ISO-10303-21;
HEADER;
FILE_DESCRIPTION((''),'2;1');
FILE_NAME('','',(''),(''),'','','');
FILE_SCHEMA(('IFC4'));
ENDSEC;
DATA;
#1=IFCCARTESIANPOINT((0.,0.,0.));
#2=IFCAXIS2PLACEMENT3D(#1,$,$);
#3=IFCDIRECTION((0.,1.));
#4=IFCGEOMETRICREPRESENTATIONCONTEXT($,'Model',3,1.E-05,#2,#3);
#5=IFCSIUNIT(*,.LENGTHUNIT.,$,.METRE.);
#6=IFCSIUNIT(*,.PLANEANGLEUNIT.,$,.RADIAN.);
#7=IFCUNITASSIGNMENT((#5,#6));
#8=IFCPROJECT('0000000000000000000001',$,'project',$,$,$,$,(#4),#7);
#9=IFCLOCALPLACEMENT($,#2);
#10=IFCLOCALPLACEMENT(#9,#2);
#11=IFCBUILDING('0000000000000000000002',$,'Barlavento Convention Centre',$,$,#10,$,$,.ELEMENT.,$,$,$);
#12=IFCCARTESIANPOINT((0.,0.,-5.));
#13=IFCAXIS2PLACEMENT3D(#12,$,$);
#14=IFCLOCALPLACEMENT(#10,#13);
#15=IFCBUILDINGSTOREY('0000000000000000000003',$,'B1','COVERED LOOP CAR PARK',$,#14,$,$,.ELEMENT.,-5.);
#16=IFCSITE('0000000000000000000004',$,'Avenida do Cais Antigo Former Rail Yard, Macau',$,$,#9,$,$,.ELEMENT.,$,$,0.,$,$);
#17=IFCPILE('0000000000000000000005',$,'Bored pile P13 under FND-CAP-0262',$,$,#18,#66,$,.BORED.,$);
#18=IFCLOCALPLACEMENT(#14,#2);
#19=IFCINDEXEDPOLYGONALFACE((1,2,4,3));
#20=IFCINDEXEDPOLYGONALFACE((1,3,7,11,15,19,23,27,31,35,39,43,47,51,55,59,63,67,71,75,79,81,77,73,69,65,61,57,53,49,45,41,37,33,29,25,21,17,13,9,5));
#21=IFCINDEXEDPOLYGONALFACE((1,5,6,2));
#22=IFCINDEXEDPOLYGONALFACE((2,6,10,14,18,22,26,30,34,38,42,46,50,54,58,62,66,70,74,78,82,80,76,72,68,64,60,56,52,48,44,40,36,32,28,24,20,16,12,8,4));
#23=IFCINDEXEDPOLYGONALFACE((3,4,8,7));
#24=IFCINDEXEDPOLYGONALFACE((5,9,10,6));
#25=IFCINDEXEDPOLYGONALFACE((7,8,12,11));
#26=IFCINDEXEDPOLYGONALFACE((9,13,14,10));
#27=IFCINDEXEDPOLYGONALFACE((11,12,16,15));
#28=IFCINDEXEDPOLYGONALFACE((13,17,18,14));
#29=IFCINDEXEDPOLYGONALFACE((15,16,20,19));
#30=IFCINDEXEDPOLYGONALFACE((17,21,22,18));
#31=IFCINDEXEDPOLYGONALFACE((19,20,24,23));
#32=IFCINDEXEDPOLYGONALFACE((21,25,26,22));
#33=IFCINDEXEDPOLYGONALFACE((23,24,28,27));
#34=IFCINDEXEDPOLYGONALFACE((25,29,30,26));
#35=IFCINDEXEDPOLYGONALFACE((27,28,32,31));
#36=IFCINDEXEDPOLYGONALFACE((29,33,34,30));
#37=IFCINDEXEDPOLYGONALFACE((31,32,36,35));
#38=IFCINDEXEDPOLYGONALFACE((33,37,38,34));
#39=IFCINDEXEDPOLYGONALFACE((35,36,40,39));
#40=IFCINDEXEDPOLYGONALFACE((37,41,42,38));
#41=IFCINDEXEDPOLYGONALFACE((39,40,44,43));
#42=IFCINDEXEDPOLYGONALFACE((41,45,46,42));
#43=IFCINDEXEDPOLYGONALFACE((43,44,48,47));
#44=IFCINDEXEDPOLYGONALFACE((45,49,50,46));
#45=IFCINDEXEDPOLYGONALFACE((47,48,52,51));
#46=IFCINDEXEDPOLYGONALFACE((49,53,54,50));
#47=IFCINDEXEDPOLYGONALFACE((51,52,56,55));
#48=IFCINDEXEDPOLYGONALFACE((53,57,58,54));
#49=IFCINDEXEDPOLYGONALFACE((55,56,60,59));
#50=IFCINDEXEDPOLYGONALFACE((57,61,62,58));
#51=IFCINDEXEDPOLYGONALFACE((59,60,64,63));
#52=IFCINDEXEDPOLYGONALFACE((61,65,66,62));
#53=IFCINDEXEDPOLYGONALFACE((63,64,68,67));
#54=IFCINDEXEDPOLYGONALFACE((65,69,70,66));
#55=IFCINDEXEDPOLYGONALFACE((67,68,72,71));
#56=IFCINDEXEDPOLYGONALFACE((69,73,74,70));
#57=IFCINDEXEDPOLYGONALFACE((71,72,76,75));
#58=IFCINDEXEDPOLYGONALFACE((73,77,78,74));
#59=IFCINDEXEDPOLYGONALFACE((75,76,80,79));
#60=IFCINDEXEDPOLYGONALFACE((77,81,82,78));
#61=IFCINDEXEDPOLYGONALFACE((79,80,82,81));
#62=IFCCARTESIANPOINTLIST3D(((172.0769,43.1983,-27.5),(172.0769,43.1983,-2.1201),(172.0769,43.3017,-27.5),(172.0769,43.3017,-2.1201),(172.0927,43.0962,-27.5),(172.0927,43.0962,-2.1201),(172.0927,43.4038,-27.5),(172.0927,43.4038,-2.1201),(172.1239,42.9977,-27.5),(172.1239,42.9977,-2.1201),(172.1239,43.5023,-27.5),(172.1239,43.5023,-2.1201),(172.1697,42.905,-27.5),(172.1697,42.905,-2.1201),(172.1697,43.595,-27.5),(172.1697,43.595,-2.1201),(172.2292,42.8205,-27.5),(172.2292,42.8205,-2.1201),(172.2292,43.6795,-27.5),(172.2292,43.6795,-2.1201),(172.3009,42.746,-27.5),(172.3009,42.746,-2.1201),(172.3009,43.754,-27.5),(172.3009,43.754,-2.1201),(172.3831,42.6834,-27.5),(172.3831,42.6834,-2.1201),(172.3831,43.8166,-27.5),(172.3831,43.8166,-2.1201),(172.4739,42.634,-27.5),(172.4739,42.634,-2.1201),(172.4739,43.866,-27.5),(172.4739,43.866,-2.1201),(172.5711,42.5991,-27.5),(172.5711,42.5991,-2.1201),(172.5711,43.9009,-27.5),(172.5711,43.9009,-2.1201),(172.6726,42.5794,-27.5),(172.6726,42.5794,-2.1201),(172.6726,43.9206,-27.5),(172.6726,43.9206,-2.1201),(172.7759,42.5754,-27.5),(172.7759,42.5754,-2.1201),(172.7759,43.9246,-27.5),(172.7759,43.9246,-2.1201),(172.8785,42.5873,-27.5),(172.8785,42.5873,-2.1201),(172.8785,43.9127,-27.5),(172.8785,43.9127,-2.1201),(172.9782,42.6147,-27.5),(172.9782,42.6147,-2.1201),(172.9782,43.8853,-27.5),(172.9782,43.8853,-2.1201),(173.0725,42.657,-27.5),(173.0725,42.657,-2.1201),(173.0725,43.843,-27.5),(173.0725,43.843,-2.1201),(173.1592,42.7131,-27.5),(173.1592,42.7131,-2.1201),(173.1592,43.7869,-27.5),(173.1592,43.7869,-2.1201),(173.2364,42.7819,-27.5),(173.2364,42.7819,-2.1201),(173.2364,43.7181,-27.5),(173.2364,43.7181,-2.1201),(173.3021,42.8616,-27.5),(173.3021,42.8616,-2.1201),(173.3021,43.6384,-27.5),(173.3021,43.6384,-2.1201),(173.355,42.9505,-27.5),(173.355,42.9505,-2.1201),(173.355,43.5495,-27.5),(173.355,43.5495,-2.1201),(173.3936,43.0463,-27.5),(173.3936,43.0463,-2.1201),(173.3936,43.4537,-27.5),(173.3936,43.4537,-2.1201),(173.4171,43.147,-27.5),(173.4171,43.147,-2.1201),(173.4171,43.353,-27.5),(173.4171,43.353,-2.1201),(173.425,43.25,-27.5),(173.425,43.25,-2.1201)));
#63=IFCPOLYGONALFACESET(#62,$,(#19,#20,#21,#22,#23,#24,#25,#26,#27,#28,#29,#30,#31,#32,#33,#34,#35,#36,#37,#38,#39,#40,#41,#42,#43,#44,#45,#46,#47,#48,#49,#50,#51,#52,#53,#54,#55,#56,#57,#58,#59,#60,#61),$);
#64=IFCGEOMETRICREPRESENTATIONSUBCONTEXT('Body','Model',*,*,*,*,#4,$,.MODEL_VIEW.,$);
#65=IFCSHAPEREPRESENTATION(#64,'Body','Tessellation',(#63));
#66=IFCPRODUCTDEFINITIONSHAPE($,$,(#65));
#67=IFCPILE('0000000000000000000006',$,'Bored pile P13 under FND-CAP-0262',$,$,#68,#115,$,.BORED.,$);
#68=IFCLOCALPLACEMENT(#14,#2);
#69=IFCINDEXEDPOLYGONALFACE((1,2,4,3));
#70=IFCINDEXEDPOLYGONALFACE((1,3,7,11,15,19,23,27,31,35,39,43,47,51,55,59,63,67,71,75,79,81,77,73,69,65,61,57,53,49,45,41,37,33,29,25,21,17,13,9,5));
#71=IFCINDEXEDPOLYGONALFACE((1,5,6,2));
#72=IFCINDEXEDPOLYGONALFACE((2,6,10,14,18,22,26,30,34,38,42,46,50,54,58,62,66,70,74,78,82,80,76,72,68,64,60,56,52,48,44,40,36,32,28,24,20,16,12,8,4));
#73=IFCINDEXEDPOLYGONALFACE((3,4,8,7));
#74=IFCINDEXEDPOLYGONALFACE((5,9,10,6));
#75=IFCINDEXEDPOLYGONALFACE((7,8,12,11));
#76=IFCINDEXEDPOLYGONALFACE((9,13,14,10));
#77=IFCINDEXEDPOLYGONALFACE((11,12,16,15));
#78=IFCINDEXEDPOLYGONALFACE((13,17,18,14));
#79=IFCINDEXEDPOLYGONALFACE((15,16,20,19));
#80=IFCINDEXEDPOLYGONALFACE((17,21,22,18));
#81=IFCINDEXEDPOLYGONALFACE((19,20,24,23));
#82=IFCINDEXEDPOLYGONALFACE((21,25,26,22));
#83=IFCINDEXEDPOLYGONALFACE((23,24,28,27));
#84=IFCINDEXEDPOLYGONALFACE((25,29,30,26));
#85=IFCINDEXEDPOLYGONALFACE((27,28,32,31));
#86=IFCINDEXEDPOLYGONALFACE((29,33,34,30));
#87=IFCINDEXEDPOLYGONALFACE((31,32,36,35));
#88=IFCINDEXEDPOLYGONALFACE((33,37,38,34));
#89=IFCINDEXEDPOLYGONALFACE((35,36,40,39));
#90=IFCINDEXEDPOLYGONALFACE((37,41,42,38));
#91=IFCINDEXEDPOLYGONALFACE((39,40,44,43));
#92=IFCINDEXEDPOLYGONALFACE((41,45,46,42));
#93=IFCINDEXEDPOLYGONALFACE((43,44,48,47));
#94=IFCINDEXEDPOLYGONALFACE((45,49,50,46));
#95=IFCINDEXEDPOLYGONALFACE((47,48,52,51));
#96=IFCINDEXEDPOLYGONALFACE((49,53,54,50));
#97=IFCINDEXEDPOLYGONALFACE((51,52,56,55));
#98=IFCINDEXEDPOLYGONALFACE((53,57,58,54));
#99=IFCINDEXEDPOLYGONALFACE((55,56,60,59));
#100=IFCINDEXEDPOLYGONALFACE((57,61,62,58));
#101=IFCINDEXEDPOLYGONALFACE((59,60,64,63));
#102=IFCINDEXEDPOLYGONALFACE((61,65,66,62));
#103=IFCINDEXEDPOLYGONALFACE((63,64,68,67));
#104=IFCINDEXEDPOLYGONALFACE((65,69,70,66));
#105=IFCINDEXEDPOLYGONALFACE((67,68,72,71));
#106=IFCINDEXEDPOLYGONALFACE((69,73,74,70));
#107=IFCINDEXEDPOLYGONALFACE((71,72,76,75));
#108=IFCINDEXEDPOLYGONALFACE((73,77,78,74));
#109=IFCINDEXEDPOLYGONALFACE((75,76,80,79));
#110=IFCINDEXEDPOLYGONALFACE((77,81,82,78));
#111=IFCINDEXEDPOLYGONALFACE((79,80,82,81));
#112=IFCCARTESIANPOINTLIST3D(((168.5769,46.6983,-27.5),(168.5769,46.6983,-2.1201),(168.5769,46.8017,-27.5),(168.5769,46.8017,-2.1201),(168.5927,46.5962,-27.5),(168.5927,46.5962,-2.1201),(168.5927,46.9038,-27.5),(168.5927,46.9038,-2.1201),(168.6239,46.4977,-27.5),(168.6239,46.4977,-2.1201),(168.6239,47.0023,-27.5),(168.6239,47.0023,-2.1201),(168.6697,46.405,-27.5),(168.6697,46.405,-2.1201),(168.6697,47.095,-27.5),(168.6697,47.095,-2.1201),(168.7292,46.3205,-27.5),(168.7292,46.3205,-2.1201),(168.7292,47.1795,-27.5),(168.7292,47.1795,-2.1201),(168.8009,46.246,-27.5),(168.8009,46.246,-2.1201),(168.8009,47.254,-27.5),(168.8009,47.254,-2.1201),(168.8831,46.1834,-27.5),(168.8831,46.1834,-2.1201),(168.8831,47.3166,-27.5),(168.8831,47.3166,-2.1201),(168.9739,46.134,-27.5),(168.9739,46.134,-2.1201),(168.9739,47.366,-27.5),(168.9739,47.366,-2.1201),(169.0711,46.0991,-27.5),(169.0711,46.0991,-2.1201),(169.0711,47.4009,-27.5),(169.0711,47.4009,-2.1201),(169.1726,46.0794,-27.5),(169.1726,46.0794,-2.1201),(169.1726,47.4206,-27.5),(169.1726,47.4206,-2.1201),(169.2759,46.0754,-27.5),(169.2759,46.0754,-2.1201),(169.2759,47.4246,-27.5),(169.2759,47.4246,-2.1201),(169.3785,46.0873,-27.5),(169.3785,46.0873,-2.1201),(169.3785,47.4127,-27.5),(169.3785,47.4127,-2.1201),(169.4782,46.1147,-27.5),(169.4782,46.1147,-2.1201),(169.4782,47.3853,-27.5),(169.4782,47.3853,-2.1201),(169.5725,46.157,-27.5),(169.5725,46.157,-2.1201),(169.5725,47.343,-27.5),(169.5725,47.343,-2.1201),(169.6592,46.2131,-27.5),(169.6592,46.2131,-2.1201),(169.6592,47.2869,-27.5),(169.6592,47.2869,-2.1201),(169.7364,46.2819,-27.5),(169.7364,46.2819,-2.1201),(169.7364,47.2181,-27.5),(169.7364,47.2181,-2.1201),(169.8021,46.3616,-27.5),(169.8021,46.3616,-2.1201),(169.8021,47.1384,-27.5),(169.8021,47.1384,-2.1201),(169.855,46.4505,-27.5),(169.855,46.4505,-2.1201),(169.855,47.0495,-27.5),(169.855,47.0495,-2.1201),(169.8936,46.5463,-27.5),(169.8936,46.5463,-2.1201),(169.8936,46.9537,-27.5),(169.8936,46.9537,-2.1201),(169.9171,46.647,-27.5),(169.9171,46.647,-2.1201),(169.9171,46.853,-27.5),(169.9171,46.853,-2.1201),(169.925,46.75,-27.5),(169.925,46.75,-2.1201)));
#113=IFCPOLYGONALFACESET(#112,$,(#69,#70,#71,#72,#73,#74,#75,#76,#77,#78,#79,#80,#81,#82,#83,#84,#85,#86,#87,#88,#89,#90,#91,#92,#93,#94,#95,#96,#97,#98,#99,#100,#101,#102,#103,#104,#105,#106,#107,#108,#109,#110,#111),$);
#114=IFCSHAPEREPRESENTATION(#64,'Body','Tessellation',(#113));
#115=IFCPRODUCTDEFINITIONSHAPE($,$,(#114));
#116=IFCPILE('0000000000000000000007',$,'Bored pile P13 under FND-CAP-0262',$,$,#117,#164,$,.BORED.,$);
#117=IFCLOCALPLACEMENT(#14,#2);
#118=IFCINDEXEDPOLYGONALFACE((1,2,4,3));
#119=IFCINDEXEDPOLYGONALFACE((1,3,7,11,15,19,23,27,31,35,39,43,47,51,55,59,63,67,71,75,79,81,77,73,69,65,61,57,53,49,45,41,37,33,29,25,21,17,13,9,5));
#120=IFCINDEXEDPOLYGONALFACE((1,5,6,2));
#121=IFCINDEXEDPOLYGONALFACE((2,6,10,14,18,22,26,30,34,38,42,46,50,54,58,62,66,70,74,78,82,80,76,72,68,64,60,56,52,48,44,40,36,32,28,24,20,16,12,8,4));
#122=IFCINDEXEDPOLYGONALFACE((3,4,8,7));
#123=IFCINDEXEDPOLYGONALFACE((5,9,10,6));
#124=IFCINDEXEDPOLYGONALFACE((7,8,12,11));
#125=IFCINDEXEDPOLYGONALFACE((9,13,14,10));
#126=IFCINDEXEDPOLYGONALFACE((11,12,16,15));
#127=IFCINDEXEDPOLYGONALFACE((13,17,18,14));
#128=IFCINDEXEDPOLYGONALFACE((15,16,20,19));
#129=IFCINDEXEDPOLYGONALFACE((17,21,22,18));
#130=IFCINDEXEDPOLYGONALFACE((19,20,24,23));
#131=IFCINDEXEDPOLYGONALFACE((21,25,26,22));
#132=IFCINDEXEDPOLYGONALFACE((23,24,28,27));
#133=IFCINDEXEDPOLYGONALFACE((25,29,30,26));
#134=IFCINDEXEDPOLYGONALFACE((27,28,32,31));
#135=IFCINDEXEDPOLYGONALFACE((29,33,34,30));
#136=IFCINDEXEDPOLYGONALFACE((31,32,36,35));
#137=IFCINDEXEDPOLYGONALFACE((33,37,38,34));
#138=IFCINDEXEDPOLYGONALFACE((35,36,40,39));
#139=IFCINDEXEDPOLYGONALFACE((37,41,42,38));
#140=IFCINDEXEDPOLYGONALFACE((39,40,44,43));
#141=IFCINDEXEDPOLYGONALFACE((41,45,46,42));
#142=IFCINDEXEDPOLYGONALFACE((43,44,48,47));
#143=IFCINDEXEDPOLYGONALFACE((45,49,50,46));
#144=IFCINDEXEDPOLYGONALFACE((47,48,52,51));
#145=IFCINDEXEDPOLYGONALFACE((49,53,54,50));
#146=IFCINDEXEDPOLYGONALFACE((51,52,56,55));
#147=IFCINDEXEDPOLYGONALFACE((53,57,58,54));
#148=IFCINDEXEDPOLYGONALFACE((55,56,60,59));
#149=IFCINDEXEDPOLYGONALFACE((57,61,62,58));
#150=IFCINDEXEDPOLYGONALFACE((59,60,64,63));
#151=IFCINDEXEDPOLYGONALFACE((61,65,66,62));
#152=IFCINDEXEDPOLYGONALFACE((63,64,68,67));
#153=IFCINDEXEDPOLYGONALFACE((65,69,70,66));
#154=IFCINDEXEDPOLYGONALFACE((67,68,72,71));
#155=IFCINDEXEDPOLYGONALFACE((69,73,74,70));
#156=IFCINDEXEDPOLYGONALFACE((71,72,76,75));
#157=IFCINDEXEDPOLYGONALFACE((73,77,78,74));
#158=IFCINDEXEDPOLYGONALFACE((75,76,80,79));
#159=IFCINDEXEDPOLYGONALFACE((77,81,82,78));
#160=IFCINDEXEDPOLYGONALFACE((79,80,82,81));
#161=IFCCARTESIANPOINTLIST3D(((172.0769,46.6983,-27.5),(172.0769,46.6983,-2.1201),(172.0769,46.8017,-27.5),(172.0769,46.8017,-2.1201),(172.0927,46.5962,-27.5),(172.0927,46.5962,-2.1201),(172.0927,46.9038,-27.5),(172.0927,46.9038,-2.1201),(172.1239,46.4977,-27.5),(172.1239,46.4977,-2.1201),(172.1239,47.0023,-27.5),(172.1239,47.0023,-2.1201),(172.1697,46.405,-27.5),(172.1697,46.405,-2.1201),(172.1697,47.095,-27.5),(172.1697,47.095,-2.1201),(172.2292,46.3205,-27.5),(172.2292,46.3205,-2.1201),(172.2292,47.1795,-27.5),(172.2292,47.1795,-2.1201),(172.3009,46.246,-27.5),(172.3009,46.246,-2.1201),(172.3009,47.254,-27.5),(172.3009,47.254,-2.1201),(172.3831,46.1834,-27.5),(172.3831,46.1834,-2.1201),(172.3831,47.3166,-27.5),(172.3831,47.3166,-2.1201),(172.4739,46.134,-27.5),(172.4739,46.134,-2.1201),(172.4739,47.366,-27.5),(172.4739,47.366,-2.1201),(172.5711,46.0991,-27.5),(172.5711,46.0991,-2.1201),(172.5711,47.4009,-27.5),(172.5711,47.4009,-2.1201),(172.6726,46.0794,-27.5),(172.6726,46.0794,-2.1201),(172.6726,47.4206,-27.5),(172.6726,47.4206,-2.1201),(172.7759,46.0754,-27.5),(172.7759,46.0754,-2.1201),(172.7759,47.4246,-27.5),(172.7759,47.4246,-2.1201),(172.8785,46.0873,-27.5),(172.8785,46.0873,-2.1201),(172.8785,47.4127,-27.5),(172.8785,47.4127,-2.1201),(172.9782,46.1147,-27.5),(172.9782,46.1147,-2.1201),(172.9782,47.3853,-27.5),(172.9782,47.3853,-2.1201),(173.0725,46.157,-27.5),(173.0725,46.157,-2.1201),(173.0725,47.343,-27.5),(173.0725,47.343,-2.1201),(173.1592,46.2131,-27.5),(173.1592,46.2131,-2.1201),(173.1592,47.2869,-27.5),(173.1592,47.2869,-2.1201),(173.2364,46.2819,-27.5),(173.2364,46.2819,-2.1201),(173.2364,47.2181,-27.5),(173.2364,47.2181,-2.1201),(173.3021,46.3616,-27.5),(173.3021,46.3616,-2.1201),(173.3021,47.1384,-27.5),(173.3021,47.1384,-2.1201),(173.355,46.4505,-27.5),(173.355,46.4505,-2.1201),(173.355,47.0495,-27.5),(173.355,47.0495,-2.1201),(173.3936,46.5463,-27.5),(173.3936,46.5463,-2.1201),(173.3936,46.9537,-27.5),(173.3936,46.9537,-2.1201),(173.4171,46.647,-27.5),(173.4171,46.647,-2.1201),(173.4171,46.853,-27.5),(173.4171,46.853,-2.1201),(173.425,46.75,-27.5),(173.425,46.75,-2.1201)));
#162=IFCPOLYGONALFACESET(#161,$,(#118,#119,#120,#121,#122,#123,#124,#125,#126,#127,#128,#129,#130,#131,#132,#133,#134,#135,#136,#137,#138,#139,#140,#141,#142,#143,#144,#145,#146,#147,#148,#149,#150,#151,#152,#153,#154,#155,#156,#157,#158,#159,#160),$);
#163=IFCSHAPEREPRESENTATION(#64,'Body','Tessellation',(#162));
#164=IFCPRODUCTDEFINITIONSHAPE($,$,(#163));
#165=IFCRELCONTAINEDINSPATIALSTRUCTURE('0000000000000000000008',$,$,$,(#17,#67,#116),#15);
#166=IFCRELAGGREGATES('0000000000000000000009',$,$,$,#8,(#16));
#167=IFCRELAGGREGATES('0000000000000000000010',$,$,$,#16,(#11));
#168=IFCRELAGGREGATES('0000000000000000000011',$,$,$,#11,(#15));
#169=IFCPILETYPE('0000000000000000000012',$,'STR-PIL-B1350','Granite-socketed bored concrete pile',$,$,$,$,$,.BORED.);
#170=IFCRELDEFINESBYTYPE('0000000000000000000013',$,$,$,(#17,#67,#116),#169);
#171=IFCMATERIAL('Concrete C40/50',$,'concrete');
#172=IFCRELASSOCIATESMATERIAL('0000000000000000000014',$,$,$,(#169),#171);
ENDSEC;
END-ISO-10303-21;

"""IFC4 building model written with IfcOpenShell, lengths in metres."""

from ifc_helpers import new_model, si_unit, direction, frame, origin, origin_2d, place, context, subcontext, project, spatial, circle, extrude, material, material_profile, profile_set, type_object, element, save


model = new_model("IFC4")

# Units and contexts
model_context = context("Model", 3, precision=1e-05, world=origin(), true_north=direction((0.0, 1.0)))
body_context = subcontext(model_context, "Body", "Model", "MODEL_VIEW")
ifc_project = project(units=[si_unit("LENGTHUNIT", "METRE"), si_unit("PLANEANGLEUNIT", "RADIAN")], contexts=[model_context])

# Site, building, storey
site_placement = place(None, origin())
site = spatial("IfcSite", under=ifc_project, at=site_placement, Name="Avenida do Cais Antigo Former Rail Yard, Macau", CompositionType="ELEMENT", RefElevation=0.0)
building_placement = place(site_placement, origin())
building = spatial("IfcBuilding", under=site, at=building_placement, Name="Barlavento Convention Centre", CompositionType="ELEMENT")
storey_placement = place(building_placement, frame((0.0, 0.0, -5.0)))
storey = spatial("IfcBuildingStorey", under=building, at=storey_placement, Name="B1", Description="COVERED LOOP CAR PARK", CompositionType="ELEMENT", Elevation=-5.0)

# Shared definitions
ifc_material_1 = material(Name="Concrete C40/50", Category="concrete")

# Piles
ifc_material_profile_1 = material_profile(ifc_material_1, circle(Radius=0.675, at=origin_2d()), Name="BORED PILE 1350")
ifc_profile_set_1 = profile_set([ifc_material_profile_1], Name="Concrete C40/50")
pile_type_1 = type_object("IfcPileType", Name="STR-PIL-B1350", Description="Granite-socketed bored concrete pile", PredefinedType="BORED", material=ifc_profile_set_1)
for number, where, z_axis, x_axis, name in (
    (1, (172.75, 43.25, -2.1201), (0.0, 0.0, -1.0), (1.0, 0.0, 0.0), "Bored pile P13 under FND-CAP-0262"),
    (2, (169.25, 46.75, -2.1201), (0.0, 0.0, -1.0), (1.0, 0.0, 0.0), "Bored pile P13 under FND-CAP-0262"),
    (3, (172.75, 46.75, -2.1201), (0.0, 0.0, -1.0), (1.0, 0.0, 0.0), "Bored pile P13 under FND-CAP-0262"),
):
    element("IfcPile", number, at=place(storey_placement, frame(where, z_axis=z_axis, x_axis=x_axis)), inside=storey, type_object=pile_type_1, Name=name, PredefinedType="BORED", context=body_context, shape_type="SweptSolid", body=[
        extrude(circle(Radius=0.675, at=origin_2d()), origin(), (0.0, 0.0, 1.0), 25.3799),
    ])

save(model, "model.ifc")
